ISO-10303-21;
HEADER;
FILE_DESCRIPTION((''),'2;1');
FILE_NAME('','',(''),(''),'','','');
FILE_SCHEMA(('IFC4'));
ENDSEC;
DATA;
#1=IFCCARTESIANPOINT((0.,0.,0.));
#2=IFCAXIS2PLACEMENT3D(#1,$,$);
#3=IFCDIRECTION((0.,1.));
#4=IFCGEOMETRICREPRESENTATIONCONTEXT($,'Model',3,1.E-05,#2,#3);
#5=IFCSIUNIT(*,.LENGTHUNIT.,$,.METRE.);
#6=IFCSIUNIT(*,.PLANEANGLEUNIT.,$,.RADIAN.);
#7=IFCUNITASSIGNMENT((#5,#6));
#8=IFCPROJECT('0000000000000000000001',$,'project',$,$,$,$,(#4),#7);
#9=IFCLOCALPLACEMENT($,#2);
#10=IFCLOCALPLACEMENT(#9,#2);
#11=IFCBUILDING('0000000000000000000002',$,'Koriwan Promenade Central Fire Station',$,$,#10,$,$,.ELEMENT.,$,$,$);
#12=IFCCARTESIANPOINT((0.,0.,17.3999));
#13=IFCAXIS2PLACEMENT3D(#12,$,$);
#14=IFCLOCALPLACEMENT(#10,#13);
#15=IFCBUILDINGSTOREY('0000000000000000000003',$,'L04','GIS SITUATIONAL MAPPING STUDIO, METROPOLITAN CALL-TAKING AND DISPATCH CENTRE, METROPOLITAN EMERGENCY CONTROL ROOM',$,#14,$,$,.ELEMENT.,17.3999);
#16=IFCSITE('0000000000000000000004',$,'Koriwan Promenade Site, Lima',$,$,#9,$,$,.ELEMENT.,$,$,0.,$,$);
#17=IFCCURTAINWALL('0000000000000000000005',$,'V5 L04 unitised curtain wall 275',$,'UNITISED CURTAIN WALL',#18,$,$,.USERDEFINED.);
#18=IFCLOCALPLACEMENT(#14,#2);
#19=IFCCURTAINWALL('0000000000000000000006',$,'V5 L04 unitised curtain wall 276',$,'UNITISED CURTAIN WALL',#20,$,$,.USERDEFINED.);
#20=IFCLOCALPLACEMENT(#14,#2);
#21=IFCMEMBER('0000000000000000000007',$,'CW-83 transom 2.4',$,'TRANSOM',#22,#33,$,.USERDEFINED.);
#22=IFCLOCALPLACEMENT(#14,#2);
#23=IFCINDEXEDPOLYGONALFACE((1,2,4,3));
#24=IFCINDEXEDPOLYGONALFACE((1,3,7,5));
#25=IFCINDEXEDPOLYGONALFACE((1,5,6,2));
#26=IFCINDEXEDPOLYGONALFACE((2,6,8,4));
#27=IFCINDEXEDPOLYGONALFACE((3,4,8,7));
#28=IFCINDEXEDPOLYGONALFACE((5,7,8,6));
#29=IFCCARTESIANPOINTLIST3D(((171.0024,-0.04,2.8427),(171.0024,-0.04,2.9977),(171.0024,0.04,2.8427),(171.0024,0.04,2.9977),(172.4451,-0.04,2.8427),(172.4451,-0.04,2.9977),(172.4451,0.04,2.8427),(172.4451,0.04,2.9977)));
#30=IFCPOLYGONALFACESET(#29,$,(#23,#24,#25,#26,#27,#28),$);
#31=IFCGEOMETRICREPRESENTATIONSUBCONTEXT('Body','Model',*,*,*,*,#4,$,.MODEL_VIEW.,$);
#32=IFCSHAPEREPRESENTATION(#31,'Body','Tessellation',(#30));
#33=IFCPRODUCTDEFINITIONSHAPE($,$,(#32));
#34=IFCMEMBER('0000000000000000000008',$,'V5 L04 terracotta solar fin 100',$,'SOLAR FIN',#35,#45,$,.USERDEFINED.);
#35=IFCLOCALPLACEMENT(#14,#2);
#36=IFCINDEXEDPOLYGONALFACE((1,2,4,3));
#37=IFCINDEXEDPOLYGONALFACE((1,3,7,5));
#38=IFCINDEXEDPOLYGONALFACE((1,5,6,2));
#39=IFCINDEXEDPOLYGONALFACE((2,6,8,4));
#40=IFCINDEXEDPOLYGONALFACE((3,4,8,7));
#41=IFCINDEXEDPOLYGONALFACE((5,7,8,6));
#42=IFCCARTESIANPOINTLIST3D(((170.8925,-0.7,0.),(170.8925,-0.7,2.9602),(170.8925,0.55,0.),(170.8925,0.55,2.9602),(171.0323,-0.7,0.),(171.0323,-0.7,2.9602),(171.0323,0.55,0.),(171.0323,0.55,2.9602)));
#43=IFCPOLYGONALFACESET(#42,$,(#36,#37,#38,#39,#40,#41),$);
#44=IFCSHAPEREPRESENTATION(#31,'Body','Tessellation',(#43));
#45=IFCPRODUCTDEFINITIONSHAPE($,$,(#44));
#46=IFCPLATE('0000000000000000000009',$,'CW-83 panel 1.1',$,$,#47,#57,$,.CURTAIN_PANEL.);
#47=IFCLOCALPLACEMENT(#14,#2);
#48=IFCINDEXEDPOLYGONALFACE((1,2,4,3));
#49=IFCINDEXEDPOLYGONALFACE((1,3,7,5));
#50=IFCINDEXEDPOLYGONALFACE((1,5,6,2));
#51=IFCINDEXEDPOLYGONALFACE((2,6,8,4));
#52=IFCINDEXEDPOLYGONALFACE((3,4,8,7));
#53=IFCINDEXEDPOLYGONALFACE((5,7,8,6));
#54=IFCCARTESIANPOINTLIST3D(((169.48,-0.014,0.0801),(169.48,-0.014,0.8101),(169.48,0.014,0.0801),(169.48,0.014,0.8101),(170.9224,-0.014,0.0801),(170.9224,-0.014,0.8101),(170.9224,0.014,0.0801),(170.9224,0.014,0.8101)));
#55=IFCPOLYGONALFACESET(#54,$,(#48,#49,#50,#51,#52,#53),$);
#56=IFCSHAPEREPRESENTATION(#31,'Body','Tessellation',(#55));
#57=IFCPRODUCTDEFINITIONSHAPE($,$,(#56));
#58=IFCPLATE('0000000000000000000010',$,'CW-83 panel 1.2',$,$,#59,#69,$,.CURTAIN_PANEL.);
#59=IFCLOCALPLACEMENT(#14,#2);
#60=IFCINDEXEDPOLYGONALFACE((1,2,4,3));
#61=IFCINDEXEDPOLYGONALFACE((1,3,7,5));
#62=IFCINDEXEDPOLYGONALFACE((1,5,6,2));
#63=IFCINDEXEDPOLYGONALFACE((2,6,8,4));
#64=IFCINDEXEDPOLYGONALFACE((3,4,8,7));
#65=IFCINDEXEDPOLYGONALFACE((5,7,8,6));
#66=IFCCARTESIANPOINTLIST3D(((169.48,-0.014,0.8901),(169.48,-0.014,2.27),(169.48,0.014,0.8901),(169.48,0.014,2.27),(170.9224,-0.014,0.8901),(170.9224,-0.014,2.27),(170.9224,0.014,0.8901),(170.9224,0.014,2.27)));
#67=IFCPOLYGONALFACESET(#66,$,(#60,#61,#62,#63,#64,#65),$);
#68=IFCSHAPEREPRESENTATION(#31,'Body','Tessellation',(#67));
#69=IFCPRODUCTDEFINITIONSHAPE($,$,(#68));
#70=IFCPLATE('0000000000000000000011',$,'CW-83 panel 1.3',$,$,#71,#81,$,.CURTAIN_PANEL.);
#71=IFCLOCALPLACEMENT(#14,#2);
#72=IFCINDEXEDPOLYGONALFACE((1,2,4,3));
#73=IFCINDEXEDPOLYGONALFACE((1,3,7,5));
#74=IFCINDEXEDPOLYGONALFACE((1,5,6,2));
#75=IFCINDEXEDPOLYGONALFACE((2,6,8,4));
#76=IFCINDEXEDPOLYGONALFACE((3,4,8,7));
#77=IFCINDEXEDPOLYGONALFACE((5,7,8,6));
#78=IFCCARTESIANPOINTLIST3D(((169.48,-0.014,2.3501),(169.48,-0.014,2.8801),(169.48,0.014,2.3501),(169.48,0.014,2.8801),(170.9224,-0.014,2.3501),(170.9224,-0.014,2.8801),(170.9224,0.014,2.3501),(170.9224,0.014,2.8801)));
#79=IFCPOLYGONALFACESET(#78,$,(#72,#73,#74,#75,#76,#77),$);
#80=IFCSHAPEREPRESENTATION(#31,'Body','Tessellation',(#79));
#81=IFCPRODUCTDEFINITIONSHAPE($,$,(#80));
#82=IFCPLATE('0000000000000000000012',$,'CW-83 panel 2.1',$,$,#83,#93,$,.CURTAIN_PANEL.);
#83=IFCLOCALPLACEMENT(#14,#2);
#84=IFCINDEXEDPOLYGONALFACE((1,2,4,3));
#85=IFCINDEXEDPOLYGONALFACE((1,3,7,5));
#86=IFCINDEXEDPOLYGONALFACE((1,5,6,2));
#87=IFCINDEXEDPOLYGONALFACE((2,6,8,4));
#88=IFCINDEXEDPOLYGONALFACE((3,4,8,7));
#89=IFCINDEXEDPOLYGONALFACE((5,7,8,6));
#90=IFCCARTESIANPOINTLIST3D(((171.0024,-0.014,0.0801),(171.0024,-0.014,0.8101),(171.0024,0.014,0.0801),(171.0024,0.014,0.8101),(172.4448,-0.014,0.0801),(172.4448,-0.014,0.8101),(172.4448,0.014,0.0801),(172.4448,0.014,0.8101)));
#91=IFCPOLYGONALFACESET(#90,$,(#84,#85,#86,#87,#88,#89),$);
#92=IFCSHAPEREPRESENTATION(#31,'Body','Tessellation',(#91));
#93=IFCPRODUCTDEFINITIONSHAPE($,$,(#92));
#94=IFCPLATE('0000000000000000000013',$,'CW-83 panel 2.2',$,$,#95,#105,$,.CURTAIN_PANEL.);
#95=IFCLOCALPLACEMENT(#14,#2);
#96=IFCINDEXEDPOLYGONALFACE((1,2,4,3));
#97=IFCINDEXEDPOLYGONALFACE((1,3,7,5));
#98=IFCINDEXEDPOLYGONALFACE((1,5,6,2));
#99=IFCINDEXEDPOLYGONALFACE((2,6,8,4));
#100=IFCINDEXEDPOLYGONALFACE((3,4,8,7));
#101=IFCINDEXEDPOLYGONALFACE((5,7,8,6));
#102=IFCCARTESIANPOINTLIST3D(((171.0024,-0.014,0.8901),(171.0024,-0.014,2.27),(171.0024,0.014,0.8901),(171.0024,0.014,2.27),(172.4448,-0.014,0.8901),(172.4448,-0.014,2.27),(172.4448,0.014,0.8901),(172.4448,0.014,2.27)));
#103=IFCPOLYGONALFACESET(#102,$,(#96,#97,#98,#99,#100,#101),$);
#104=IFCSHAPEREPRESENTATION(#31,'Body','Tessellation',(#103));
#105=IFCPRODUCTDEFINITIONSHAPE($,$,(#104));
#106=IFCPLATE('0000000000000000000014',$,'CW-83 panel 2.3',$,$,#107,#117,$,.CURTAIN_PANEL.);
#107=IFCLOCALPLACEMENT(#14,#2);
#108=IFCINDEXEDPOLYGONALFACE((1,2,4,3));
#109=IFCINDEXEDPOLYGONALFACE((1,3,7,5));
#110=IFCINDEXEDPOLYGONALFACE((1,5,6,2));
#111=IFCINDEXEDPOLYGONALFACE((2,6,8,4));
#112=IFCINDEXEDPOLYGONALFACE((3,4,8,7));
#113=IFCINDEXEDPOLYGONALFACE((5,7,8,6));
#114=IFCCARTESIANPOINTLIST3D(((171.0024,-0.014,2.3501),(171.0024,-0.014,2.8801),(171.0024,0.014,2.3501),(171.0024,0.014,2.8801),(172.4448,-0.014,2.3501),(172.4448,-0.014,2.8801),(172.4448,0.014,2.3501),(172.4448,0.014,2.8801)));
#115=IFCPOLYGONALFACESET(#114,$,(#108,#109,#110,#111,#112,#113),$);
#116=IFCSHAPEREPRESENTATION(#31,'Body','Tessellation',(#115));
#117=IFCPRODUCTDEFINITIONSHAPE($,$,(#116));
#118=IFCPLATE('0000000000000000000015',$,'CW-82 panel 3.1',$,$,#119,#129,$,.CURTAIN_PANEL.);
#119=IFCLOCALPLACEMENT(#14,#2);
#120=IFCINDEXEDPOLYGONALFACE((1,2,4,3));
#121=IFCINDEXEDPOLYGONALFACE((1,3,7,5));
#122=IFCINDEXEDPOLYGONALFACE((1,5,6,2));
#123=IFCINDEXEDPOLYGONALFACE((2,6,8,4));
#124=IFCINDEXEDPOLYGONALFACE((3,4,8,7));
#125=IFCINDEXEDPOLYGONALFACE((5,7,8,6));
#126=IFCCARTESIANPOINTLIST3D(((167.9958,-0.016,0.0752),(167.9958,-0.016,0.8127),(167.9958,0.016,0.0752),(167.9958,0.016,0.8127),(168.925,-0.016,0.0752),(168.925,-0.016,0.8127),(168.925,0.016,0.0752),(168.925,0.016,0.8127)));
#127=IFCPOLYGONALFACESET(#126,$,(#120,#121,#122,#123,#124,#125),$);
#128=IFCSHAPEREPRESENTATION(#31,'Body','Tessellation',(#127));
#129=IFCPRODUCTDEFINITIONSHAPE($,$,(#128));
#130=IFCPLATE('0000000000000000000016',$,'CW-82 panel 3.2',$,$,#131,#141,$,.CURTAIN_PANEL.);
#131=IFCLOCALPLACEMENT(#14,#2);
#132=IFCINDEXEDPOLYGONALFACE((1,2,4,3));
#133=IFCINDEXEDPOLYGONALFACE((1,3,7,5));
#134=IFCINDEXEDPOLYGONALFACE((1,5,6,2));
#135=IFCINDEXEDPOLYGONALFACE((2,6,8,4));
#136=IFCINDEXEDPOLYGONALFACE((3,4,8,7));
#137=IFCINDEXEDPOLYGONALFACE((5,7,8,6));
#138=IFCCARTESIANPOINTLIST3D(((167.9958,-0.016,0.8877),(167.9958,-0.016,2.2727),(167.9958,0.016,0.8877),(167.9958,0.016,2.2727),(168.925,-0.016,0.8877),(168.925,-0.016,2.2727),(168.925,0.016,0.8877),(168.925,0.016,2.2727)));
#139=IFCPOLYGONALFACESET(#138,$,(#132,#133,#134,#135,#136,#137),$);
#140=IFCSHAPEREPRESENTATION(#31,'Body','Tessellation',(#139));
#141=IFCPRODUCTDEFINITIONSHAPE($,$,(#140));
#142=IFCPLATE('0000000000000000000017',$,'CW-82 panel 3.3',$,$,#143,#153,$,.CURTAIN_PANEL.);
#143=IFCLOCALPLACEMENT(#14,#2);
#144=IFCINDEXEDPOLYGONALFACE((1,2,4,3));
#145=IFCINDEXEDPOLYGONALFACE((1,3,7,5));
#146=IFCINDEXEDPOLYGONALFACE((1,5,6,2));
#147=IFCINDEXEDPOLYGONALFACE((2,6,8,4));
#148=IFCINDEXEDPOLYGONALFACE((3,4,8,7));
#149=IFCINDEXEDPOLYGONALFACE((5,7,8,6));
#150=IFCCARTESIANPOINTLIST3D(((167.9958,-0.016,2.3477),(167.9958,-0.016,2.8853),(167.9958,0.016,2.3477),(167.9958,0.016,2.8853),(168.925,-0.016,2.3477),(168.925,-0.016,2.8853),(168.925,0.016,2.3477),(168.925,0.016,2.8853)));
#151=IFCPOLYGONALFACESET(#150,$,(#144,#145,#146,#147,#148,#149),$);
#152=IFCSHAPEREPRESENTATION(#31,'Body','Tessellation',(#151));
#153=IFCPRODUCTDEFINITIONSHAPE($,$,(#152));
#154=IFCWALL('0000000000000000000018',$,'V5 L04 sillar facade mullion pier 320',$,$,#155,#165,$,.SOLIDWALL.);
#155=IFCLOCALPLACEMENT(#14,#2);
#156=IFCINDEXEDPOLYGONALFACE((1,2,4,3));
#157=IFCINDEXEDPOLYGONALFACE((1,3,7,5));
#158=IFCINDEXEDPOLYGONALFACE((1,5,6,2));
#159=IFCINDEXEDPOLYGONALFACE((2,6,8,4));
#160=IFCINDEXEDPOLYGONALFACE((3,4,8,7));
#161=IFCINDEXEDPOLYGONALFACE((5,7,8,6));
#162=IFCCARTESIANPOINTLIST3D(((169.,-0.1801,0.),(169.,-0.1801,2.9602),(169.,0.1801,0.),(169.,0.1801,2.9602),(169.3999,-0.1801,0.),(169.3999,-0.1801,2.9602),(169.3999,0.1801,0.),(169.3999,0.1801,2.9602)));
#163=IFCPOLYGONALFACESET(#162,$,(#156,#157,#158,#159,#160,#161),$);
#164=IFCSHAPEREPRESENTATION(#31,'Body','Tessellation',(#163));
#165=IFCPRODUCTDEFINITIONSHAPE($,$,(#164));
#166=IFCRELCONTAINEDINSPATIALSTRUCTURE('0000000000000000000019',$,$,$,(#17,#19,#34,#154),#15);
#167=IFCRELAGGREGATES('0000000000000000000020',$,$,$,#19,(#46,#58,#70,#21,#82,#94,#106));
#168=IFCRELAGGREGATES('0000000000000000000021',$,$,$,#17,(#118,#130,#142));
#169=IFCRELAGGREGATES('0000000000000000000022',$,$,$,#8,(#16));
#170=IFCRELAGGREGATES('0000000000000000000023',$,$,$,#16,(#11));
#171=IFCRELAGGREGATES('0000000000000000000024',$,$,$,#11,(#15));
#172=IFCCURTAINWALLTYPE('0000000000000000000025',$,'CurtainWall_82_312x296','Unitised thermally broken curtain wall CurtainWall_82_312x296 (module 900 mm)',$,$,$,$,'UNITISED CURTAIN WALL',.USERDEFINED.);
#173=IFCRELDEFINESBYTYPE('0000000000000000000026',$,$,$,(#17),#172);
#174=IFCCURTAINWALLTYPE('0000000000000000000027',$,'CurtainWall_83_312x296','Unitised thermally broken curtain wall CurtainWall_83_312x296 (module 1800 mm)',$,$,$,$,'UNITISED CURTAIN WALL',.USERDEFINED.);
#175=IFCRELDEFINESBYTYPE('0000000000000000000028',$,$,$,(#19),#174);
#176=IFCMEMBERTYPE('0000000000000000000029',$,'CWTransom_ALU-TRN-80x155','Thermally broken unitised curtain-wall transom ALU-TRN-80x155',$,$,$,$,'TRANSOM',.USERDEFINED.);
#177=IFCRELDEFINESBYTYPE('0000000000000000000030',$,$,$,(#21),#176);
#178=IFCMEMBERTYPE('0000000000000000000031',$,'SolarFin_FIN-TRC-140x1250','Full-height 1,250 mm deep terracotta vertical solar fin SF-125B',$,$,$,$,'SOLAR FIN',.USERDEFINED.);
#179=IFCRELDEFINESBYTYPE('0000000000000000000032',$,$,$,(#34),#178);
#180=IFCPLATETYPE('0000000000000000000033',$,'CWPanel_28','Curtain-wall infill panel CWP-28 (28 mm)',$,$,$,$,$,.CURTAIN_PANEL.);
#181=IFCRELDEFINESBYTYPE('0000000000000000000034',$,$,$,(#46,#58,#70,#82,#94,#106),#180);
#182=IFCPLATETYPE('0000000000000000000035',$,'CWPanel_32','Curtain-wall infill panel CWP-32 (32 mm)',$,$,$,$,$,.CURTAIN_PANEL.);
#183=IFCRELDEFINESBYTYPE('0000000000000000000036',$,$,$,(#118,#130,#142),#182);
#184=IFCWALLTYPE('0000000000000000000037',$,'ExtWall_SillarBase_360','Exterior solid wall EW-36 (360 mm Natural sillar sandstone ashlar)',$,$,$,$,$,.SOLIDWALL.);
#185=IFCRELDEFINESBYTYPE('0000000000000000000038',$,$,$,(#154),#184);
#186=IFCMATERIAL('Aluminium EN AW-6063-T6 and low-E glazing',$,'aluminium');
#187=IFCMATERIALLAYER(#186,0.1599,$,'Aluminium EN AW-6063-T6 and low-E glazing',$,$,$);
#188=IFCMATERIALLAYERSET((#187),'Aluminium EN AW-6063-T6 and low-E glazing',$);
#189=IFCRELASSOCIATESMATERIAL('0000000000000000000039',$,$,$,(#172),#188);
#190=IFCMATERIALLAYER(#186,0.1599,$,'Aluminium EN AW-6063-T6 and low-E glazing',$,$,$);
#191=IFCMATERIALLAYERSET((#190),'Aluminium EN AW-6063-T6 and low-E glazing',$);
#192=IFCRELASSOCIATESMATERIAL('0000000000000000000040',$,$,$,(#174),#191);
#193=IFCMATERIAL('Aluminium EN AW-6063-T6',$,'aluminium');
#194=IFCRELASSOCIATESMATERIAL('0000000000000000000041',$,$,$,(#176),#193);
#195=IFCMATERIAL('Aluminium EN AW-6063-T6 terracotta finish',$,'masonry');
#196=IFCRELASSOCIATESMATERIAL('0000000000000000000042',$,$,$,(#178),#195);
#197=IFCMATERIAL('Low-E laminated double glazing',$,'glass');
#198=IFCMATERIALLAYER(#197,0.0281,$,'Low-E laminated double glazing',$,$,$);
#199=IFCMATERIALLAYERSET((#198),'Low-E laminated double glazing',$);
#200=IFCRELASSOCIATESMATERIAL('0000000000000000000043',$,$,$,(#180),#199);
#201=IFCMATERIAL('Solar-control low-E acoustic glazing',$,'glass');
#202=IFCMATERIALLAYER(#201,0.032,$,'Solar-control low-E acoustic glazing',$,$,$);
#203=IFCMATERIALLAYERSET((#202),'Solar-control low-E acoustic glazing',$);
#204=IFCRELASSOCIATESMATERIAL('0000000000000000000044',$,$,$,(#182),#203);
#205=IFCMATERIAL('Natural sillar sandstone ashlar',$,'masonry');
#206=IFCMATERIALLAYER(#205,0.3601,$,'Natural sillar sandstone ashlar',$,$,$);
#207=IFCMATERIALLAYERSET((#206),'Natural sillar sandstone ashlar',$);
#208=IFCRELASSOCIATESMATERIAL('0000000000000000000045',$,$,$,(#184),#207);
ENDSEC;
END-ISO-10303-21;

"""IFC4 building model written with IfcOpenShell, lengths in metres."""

from ifc_helpers import new_model, si_unit, direction, frame, frame_2d, origin, origin_2d, place, context, subcontext, project, spatial, rectangle, extrude, material, layer, layer_set, material_profile, profile_set, type_object, element, aggregate, save


model = new_model("IFC4")

# Units and contexts
model_context = context("Model", 3, precision=1e-05, world=origin(), true_north=direction((0.0, 1.0)))
body_context = subcontext(model_context, "Body", "Model", "MODEL_VIEW")
ifc_project = project(units=[si_unit("LENGTHUNIT", "METRE"), si_unit("PLANEANGLEUNIT", "RADIAN")], contexts=[model_context])

# Site, building, storey
site_placement = place(None, origin())
site = spatial("IfcSite", under=ifc_project, at=site_placement, Name="Koriwan Promenade Site, Lima", CompositionType="ELEMENT", RefElevation=0.0)
building_placement = place(site_placement, origin())
building = spatial("IfcBuilding", under=site, at=building_placement, Name="Koriwan Promenade Central Fire Station", CompositionType="ELEMENT")
storey_placement = place(building_placement, frame((0.0, 0.0, 17.3999)))
storey = spatial("IfcBuildingStorey", under=building, at=storey_placement, Name="L04", Description="GIS SITUATIONAL MAPPING STUDIO, METROPOLITAN CALL-TAKING AND DISPATCH CENTRE, METROPOLITAN EMERGENCY CONTROL ROOM", CompositionType="ELEMENT", Elevation=17.3999)

# Curtain wall
ifc_material_1 = material(Name="Aluminium EN AW-6063-T6 and low-E glazing", Category="aluminium")
ifc_layer_1 = layer(ifc_material_1, 0.1599, Name="Aluminium EN AW-6063-T6 and low-E glazing")
ifc_layer_set_1 = layer_set([ifc_layer_1], Name="Aluminium EN AW-6063-T6 and low-E glazing")
curtain_wall_type_1 = type_object("IfcCurtainWallType", Name="CurtainWall_82_312x296", Description="Unitised thermally broken curtain wall CurtainWall_82_312x296 (module 900 mm)", ElementType="UNITISED CURTAIN WALL", PredefinedType="USERDEFINED", material=ifc_layer_set_1)
curtain_wall_1_placement = place(storey_placement, origin())
curtain_wall_1 = element("IfcCurtainWall", 1, at=curtain_wall_1_placement, inside=storey, type_object=curtain_wall_type_1, Name="V5 L04 unitised curtain wall 275", ObjectType="UNITISED CURTAIN WALL", PredefinedType="USERDEFINED")
ifc_material_2 = material(Name="Aluminium EN AW-6063-T6", Category="aluminium")

# Curtain wall, member
ifc_layer_2 = layer(ifc_material_1, 0.1599, Name="Aluminium EN AW-6063-T6 and low-E glazing")
ifc_layer_set_2 = layer_set([ifc_layer_2], Name="Aluminium EN AW-6063-T6 and low-E glazing")
curtain_wall_type_2 = type_object("IfcCurtainWallType", Name="CurtainWall_83_312x296", Description="Unitised thermally broken curtain wall CurtainWall_83_312x296 (module 1800 mm)", ElementType="UNITISED CURTAIN WALL", PredefinedType="USERDEFINED", material=ifc_layer_set_2)
curtain_wall_2_placement = place(storey_placement, origin())
curtain_wall_2 = element("IfcCurtainWall", 2, at=curtain_wall_2_placement, inside=storey, type_object=curtain_wall_type_2, Name="V5 L04 unitised curtain wall 276", ObjectType="UNITISED CURTAIN WALL", PredefinedType="USERDEFINED")
ifc_material_profile_1 = material_profile(ifc_material_2, rectangle(XDim=0.0801, YDim=0.155, at=origin_2d()), Name="ALU-TRN-80x155")
ifc_profile_set_1 = profile_set([ifc_material_profile_1], Name="Aluminium EN AW-6063-T6")
member_type_1 = type_object("IfcMemberType", Name="CWTransom_ALU-TRN-80x155", Description="Thermally broken unitised curtain-wall transom ALU-TRN-80x155", ElementType="TRANSOM", PredefinedType="USERDEFINED", material=ifc_profile_set_1)
member_1_placement = place(storey_placement, frame((171.0024, 0.0, 2.9202), z_axis=(1.0, 0.0, 0.0), x_axis=(0.0, 1.0, 0.0)))
member_1 = element("IfcMember", 3, at=member_1_placement, type_object=member_type_1, Name="CW-83 transom 2.4", ObjectType="TRANSOM", PredefinedType="USERDEFINED", context=body_context, shape_type="SweptSolid", body=[
    extrude(rectangle(XDim=0.0801, YDim=0.155, at=origin_2d()), origin(), (0.0, 0.0, 1.0), 1.4426),
])

# Member
ifc_material_3 = material(Name="Aluminium EN AW-6063-T6 terracotta finish", Category="masonry")
ifc_material_profile_2 = material_profile(ifc_material_3, rectangle(XDim=0.1399, YDim=1.25, at=origin_2d()), Name="FIN-TRC-140x1250")
ifc_profile_set_2 = profile_set([ifc_material_profile_2], Name="Aluminium EN AW-6063-T6 terracotta finish")
member_type_2 = type_object("IfcMemberType", Name="SolarFin_FIN-TRC-140x1250", Description="Full-height 1,250 mm deep terracotta vertical solar fin SF-125B", ElementType="SOLAR FIN", PredefinedType="USERDEFINED", material=ifc_profile_set_2)
member_2_placement = place(storey_placement, frame((170.9624, -0.075, 0.0), z_axis=(0.0, 0.0, 1.0), x_axis=(-1.0, 0.0, 0.0)))
element("IfcMember", 4, at=member_2_placement, inside=storey, type_object=member_type_2, Name="V5 L04 terracotta solar fin 100", ObjectType="SOLAR FIN", PredefinedType="USERDEFINED", context=body_context, shape_type="SweptSolid", body=[
    extrude(rectangle(XDim=0.1399, YDim=1.25, at=origin_2d()), origin(), (0.0, 0.0, 1.0), 2.9602),
])

# Plates
ifc_material_4 = material(Name="Low-E laminated double glazing", Category="glass")
ifc_layer_3 = layer(ifc_material_4, 0.0281, Name="Low-E laminated double glazing")
ifc_layer_set_3 = layer_set([ifc_layer_3], Name="Low-E laminated double glazing")
plate_type_1 = type_object("IfcPlateType", Name="CWPanel_28", Description="Curtain-wall infill panel CWP-28 (28 mm)", PredefinedType="CURTAIN_PANEL", material=ifc_layer_set_3)
plate_1_placement = place(storey_placement, frame((170.2012, 0.0, 0.0801), z_axis=(0.0, 0.0, 1.0), x_axis=(1.0, 0.0, 0.0)))
plate_1 = element("IfcPlate", 5, at=plate_1_placement, type_object=plate_type_1, Name="CW-83 panel 1.1", PredefinedType="CURTAIN_PANEL", context=body_context, shape_type="SweptSolid", body=[
    extrude(rectangle(XDim=1.4424, YDim=0.0281, at=origin_2d()), origin(), (0.0, 0.0, 1.0), 0.73),
])
plate_2_placement = place(storey_placement, frame((170.2012, 0.0, 0.8901), z_axis=(0.0, 0.0, 1.0), x_axis=(1.0, 0.0, 0.0)))
plate_2 = element("IfcPlate", 6, at=plate_2_placement, type_object=plate_type_1, Name="CW-83 panel 1.2", PredefinedType="CURTAIN_PANEL", context=body_context, shape_type="SweptSolid", body=[
    extrude(rectangle(XDim=1.4424, YDim=0.0281, at=origin_2d()), origin(), (0.0, 0.0, 1.0), 1.3799),
])
plate_3_placement = place(storey_placement, frame((170.2012, 0.0, 2.3501), z_axis=(0.0, 0.0, 1.0), x_axis=(1.0, 0.0, 0.0)))
plate_3 = element("IfcPlate", 7, at=plate_3_placement, type_object=plate_type_1, Name="CW-83 panel 1.3", PredefinedType="CURTAIN_PANEL", context=body_context, shape_type="SweptSolid", body=[
    extrude(rectangle(XDim=1.4424, YDim=0.0281, at=origin_2d()), origin(), (0.0, 0.0, 1.0), 0.53),
])
plate_4_placement = place(storey_placement, frame((171.7236, 0.0, 0.0801), z_axis=(0.0, 0.0, 1.0), x_axis=(1.0, 0.0, 0.0)))
plate_4 = element("IfcPlate", 8, at=plate_4_placement, type_object=plate_type_1, Name="CW-83 panel 2.1", PredefinedType="CURTAIN_PANEL", context=body_context, shape_type="SweptSolid", body=[
    extrude(rectangle(XDim=1.4424, YDim=0.0281, at=origin_2d()), origin(), (0.0, 0.0, 1.0), 0.73),
])
plate_5_placement = place(storey_placement, frame((171.7236, 0.0, 0.8901), z_axis=(0.0, 0.0, 1.0), x_axis=(1.0, 0.0, 0.0)))
plate_5 = element("IfcPlate", 9, at=plate_5_placement, type_object=plate_type_1, Name="CW-83 panel 2.2", PredefinedType="CURTAIN_PANEL", context=body_context, shape_type="SweptSolid", body=[
    extrude(rectangle(XDim=1.4424, YDim=0.0281, at=origin_2d()), origin(), (0.0, 0.0, 1.0), 1.3799),
])
plate_6_placement = place(storey_placement, frame((171.7236, 0.0, 2.3501), z_axis=(0.0, 0.0, 1.0), x_axis=(1.0, 0.0, 0.0)))
plate_6 = element("IfcPlate", 10, at=plate_6_placement, type_object=plate_type_1, Name="CW-83 panel 2.3", PredefinedType="CURTAIN_PANEL", context=body_context, shape_type="SweptSolid", body=[
    extrude(rectangle(XDim=1.4424, YDim=0.0281, at=origin_2d()), origin(), (0.0, 0.0, 1.0), 0.53),
])
aggregate(curtain_wall_2, [plate_1, plate_2, plate_3, member_1, plate_4, plate_5, plate_6])
ifc_material_5 = material(Name="Solar-control low-E acoustic glazing", Category="glass")
ifc_layer_4 = layer(ifc_material_5, 0.032, Name="Solar-control low-E acoustic glazing")
ifc_layer_set_4 = layer_set([ifc_layer_4], Name="Solar-control low-E acoustic glazing")
plate_type_2 = type_object("IfcPlateType", Name="CWPanel_32", Description="Curtain-wall infill panel CWP-32 (32 mm)", PredefinedType="CURTAIN_PANEL", material=ifc_layer_set_4)
plate_7_placement = place(storey_placement, frame((168.4604, 0.0, 0.0752), z_axis=(0.0, 0.0, 1.0), x_axis=(1.0, 0.0, 0.0)))
plate_7 = element("IfcPlate", 11, at=plate_7_placement, type_object=plate_type_2, Name="CW-82 panel 3.1", PredefinedType="CURTAIN_PANEL", context=body_context, shape_type="SweptSolid", body=[
    extrude(rectangle(XDim=0.9292, YDim=0.032, at=origin_2d()), origin(), (0.0, 0.0, 1.0), 0.7375),
])
plate_8_placement = place(storey_placement, frame((168.4604, 0.0, 0.8877), z_axis=(0.0, 0.0, 1.0), x_axis=(1.0, 0.0, 0.0)))
plate_8 = element("IfcPlate", 12, at=plate_8_placement, type_object=plate_type_2, Name="CW-82 panel 3.2", PredefinedType="CURTAIN_PANEL", context=body_context, shape_type="SweptSolid", body=[
    extrude(rectangle(XDim=0.9292, YDim=0.032, at=origin_2d()), origin(), (0.0, 0.0, 1.0), 1.385),
])
plate_9_placement = place(storey_placement, frame((168.4604, 0.0, 2.3477), z_axis=(0.0, 0.0, 1.0), x_axis=(1.0, 0.0, 0.0)))
plate_9 = element("IfcPlate", 13, at=plate_9_placement, type_object=plate_type_2, Name="CW-82 panel 3.3", PredefinedType="CURTAIN_PANEL", context=body_context, shape_type="SweptSolid", body=[
    extrude(rectangle(XDim=0.9292, YDim=0.032, at=origin_2d()), origin(), (0.0, 0.0, 1.0), 0.5376),
])
aggregate(curtain_wall_1, [plate_7, plate_8, plate_9])

# Wall
ifc_material_6 = material(Name="Natural sillar sandstone ashlar", Category="masonry")
ifc_layer_5 = layer(ifc_material_6, 0.3601, Name="Natural sillar sandstone ashlar")
ifc_layer_set_5 = layer_set([ifc_layer_5], Name="Natural sillar sandstone ashlar")
wall_type_1 = type_object("IfcWallType", Name="ExtWall_SillarBase_360", Description="Exterior solid wall EW-36 (360 mm Natural sillar sandstone ashlar)", PredefinedType="SOLIDWALL", material=ifc_layer_set_5)
wall_1_placement = place(storey_placement, frame((169.0, 0.0, 0.0), z_axis=(0.0, 0.0, 1.0), x_axis=(1.0, 0.0, 0.0)))
element("IfcWall", 14, at=wall_1_placement, inside=storey, type_object=wall_type_1, Name="V5 L04 sillar facade mullion pier 320", PredefinedType="SOLIDWALL", context=body_context, shape_type="SweptSolid", body=[
    extrude(rectangle(XDim=0.3999, YDim=0.3601, at=frame_2d((0.2, 0.0))), origin(), (0.0, 0.0, 1.0), 2.9602),
])

save(model, "model.ifc")
